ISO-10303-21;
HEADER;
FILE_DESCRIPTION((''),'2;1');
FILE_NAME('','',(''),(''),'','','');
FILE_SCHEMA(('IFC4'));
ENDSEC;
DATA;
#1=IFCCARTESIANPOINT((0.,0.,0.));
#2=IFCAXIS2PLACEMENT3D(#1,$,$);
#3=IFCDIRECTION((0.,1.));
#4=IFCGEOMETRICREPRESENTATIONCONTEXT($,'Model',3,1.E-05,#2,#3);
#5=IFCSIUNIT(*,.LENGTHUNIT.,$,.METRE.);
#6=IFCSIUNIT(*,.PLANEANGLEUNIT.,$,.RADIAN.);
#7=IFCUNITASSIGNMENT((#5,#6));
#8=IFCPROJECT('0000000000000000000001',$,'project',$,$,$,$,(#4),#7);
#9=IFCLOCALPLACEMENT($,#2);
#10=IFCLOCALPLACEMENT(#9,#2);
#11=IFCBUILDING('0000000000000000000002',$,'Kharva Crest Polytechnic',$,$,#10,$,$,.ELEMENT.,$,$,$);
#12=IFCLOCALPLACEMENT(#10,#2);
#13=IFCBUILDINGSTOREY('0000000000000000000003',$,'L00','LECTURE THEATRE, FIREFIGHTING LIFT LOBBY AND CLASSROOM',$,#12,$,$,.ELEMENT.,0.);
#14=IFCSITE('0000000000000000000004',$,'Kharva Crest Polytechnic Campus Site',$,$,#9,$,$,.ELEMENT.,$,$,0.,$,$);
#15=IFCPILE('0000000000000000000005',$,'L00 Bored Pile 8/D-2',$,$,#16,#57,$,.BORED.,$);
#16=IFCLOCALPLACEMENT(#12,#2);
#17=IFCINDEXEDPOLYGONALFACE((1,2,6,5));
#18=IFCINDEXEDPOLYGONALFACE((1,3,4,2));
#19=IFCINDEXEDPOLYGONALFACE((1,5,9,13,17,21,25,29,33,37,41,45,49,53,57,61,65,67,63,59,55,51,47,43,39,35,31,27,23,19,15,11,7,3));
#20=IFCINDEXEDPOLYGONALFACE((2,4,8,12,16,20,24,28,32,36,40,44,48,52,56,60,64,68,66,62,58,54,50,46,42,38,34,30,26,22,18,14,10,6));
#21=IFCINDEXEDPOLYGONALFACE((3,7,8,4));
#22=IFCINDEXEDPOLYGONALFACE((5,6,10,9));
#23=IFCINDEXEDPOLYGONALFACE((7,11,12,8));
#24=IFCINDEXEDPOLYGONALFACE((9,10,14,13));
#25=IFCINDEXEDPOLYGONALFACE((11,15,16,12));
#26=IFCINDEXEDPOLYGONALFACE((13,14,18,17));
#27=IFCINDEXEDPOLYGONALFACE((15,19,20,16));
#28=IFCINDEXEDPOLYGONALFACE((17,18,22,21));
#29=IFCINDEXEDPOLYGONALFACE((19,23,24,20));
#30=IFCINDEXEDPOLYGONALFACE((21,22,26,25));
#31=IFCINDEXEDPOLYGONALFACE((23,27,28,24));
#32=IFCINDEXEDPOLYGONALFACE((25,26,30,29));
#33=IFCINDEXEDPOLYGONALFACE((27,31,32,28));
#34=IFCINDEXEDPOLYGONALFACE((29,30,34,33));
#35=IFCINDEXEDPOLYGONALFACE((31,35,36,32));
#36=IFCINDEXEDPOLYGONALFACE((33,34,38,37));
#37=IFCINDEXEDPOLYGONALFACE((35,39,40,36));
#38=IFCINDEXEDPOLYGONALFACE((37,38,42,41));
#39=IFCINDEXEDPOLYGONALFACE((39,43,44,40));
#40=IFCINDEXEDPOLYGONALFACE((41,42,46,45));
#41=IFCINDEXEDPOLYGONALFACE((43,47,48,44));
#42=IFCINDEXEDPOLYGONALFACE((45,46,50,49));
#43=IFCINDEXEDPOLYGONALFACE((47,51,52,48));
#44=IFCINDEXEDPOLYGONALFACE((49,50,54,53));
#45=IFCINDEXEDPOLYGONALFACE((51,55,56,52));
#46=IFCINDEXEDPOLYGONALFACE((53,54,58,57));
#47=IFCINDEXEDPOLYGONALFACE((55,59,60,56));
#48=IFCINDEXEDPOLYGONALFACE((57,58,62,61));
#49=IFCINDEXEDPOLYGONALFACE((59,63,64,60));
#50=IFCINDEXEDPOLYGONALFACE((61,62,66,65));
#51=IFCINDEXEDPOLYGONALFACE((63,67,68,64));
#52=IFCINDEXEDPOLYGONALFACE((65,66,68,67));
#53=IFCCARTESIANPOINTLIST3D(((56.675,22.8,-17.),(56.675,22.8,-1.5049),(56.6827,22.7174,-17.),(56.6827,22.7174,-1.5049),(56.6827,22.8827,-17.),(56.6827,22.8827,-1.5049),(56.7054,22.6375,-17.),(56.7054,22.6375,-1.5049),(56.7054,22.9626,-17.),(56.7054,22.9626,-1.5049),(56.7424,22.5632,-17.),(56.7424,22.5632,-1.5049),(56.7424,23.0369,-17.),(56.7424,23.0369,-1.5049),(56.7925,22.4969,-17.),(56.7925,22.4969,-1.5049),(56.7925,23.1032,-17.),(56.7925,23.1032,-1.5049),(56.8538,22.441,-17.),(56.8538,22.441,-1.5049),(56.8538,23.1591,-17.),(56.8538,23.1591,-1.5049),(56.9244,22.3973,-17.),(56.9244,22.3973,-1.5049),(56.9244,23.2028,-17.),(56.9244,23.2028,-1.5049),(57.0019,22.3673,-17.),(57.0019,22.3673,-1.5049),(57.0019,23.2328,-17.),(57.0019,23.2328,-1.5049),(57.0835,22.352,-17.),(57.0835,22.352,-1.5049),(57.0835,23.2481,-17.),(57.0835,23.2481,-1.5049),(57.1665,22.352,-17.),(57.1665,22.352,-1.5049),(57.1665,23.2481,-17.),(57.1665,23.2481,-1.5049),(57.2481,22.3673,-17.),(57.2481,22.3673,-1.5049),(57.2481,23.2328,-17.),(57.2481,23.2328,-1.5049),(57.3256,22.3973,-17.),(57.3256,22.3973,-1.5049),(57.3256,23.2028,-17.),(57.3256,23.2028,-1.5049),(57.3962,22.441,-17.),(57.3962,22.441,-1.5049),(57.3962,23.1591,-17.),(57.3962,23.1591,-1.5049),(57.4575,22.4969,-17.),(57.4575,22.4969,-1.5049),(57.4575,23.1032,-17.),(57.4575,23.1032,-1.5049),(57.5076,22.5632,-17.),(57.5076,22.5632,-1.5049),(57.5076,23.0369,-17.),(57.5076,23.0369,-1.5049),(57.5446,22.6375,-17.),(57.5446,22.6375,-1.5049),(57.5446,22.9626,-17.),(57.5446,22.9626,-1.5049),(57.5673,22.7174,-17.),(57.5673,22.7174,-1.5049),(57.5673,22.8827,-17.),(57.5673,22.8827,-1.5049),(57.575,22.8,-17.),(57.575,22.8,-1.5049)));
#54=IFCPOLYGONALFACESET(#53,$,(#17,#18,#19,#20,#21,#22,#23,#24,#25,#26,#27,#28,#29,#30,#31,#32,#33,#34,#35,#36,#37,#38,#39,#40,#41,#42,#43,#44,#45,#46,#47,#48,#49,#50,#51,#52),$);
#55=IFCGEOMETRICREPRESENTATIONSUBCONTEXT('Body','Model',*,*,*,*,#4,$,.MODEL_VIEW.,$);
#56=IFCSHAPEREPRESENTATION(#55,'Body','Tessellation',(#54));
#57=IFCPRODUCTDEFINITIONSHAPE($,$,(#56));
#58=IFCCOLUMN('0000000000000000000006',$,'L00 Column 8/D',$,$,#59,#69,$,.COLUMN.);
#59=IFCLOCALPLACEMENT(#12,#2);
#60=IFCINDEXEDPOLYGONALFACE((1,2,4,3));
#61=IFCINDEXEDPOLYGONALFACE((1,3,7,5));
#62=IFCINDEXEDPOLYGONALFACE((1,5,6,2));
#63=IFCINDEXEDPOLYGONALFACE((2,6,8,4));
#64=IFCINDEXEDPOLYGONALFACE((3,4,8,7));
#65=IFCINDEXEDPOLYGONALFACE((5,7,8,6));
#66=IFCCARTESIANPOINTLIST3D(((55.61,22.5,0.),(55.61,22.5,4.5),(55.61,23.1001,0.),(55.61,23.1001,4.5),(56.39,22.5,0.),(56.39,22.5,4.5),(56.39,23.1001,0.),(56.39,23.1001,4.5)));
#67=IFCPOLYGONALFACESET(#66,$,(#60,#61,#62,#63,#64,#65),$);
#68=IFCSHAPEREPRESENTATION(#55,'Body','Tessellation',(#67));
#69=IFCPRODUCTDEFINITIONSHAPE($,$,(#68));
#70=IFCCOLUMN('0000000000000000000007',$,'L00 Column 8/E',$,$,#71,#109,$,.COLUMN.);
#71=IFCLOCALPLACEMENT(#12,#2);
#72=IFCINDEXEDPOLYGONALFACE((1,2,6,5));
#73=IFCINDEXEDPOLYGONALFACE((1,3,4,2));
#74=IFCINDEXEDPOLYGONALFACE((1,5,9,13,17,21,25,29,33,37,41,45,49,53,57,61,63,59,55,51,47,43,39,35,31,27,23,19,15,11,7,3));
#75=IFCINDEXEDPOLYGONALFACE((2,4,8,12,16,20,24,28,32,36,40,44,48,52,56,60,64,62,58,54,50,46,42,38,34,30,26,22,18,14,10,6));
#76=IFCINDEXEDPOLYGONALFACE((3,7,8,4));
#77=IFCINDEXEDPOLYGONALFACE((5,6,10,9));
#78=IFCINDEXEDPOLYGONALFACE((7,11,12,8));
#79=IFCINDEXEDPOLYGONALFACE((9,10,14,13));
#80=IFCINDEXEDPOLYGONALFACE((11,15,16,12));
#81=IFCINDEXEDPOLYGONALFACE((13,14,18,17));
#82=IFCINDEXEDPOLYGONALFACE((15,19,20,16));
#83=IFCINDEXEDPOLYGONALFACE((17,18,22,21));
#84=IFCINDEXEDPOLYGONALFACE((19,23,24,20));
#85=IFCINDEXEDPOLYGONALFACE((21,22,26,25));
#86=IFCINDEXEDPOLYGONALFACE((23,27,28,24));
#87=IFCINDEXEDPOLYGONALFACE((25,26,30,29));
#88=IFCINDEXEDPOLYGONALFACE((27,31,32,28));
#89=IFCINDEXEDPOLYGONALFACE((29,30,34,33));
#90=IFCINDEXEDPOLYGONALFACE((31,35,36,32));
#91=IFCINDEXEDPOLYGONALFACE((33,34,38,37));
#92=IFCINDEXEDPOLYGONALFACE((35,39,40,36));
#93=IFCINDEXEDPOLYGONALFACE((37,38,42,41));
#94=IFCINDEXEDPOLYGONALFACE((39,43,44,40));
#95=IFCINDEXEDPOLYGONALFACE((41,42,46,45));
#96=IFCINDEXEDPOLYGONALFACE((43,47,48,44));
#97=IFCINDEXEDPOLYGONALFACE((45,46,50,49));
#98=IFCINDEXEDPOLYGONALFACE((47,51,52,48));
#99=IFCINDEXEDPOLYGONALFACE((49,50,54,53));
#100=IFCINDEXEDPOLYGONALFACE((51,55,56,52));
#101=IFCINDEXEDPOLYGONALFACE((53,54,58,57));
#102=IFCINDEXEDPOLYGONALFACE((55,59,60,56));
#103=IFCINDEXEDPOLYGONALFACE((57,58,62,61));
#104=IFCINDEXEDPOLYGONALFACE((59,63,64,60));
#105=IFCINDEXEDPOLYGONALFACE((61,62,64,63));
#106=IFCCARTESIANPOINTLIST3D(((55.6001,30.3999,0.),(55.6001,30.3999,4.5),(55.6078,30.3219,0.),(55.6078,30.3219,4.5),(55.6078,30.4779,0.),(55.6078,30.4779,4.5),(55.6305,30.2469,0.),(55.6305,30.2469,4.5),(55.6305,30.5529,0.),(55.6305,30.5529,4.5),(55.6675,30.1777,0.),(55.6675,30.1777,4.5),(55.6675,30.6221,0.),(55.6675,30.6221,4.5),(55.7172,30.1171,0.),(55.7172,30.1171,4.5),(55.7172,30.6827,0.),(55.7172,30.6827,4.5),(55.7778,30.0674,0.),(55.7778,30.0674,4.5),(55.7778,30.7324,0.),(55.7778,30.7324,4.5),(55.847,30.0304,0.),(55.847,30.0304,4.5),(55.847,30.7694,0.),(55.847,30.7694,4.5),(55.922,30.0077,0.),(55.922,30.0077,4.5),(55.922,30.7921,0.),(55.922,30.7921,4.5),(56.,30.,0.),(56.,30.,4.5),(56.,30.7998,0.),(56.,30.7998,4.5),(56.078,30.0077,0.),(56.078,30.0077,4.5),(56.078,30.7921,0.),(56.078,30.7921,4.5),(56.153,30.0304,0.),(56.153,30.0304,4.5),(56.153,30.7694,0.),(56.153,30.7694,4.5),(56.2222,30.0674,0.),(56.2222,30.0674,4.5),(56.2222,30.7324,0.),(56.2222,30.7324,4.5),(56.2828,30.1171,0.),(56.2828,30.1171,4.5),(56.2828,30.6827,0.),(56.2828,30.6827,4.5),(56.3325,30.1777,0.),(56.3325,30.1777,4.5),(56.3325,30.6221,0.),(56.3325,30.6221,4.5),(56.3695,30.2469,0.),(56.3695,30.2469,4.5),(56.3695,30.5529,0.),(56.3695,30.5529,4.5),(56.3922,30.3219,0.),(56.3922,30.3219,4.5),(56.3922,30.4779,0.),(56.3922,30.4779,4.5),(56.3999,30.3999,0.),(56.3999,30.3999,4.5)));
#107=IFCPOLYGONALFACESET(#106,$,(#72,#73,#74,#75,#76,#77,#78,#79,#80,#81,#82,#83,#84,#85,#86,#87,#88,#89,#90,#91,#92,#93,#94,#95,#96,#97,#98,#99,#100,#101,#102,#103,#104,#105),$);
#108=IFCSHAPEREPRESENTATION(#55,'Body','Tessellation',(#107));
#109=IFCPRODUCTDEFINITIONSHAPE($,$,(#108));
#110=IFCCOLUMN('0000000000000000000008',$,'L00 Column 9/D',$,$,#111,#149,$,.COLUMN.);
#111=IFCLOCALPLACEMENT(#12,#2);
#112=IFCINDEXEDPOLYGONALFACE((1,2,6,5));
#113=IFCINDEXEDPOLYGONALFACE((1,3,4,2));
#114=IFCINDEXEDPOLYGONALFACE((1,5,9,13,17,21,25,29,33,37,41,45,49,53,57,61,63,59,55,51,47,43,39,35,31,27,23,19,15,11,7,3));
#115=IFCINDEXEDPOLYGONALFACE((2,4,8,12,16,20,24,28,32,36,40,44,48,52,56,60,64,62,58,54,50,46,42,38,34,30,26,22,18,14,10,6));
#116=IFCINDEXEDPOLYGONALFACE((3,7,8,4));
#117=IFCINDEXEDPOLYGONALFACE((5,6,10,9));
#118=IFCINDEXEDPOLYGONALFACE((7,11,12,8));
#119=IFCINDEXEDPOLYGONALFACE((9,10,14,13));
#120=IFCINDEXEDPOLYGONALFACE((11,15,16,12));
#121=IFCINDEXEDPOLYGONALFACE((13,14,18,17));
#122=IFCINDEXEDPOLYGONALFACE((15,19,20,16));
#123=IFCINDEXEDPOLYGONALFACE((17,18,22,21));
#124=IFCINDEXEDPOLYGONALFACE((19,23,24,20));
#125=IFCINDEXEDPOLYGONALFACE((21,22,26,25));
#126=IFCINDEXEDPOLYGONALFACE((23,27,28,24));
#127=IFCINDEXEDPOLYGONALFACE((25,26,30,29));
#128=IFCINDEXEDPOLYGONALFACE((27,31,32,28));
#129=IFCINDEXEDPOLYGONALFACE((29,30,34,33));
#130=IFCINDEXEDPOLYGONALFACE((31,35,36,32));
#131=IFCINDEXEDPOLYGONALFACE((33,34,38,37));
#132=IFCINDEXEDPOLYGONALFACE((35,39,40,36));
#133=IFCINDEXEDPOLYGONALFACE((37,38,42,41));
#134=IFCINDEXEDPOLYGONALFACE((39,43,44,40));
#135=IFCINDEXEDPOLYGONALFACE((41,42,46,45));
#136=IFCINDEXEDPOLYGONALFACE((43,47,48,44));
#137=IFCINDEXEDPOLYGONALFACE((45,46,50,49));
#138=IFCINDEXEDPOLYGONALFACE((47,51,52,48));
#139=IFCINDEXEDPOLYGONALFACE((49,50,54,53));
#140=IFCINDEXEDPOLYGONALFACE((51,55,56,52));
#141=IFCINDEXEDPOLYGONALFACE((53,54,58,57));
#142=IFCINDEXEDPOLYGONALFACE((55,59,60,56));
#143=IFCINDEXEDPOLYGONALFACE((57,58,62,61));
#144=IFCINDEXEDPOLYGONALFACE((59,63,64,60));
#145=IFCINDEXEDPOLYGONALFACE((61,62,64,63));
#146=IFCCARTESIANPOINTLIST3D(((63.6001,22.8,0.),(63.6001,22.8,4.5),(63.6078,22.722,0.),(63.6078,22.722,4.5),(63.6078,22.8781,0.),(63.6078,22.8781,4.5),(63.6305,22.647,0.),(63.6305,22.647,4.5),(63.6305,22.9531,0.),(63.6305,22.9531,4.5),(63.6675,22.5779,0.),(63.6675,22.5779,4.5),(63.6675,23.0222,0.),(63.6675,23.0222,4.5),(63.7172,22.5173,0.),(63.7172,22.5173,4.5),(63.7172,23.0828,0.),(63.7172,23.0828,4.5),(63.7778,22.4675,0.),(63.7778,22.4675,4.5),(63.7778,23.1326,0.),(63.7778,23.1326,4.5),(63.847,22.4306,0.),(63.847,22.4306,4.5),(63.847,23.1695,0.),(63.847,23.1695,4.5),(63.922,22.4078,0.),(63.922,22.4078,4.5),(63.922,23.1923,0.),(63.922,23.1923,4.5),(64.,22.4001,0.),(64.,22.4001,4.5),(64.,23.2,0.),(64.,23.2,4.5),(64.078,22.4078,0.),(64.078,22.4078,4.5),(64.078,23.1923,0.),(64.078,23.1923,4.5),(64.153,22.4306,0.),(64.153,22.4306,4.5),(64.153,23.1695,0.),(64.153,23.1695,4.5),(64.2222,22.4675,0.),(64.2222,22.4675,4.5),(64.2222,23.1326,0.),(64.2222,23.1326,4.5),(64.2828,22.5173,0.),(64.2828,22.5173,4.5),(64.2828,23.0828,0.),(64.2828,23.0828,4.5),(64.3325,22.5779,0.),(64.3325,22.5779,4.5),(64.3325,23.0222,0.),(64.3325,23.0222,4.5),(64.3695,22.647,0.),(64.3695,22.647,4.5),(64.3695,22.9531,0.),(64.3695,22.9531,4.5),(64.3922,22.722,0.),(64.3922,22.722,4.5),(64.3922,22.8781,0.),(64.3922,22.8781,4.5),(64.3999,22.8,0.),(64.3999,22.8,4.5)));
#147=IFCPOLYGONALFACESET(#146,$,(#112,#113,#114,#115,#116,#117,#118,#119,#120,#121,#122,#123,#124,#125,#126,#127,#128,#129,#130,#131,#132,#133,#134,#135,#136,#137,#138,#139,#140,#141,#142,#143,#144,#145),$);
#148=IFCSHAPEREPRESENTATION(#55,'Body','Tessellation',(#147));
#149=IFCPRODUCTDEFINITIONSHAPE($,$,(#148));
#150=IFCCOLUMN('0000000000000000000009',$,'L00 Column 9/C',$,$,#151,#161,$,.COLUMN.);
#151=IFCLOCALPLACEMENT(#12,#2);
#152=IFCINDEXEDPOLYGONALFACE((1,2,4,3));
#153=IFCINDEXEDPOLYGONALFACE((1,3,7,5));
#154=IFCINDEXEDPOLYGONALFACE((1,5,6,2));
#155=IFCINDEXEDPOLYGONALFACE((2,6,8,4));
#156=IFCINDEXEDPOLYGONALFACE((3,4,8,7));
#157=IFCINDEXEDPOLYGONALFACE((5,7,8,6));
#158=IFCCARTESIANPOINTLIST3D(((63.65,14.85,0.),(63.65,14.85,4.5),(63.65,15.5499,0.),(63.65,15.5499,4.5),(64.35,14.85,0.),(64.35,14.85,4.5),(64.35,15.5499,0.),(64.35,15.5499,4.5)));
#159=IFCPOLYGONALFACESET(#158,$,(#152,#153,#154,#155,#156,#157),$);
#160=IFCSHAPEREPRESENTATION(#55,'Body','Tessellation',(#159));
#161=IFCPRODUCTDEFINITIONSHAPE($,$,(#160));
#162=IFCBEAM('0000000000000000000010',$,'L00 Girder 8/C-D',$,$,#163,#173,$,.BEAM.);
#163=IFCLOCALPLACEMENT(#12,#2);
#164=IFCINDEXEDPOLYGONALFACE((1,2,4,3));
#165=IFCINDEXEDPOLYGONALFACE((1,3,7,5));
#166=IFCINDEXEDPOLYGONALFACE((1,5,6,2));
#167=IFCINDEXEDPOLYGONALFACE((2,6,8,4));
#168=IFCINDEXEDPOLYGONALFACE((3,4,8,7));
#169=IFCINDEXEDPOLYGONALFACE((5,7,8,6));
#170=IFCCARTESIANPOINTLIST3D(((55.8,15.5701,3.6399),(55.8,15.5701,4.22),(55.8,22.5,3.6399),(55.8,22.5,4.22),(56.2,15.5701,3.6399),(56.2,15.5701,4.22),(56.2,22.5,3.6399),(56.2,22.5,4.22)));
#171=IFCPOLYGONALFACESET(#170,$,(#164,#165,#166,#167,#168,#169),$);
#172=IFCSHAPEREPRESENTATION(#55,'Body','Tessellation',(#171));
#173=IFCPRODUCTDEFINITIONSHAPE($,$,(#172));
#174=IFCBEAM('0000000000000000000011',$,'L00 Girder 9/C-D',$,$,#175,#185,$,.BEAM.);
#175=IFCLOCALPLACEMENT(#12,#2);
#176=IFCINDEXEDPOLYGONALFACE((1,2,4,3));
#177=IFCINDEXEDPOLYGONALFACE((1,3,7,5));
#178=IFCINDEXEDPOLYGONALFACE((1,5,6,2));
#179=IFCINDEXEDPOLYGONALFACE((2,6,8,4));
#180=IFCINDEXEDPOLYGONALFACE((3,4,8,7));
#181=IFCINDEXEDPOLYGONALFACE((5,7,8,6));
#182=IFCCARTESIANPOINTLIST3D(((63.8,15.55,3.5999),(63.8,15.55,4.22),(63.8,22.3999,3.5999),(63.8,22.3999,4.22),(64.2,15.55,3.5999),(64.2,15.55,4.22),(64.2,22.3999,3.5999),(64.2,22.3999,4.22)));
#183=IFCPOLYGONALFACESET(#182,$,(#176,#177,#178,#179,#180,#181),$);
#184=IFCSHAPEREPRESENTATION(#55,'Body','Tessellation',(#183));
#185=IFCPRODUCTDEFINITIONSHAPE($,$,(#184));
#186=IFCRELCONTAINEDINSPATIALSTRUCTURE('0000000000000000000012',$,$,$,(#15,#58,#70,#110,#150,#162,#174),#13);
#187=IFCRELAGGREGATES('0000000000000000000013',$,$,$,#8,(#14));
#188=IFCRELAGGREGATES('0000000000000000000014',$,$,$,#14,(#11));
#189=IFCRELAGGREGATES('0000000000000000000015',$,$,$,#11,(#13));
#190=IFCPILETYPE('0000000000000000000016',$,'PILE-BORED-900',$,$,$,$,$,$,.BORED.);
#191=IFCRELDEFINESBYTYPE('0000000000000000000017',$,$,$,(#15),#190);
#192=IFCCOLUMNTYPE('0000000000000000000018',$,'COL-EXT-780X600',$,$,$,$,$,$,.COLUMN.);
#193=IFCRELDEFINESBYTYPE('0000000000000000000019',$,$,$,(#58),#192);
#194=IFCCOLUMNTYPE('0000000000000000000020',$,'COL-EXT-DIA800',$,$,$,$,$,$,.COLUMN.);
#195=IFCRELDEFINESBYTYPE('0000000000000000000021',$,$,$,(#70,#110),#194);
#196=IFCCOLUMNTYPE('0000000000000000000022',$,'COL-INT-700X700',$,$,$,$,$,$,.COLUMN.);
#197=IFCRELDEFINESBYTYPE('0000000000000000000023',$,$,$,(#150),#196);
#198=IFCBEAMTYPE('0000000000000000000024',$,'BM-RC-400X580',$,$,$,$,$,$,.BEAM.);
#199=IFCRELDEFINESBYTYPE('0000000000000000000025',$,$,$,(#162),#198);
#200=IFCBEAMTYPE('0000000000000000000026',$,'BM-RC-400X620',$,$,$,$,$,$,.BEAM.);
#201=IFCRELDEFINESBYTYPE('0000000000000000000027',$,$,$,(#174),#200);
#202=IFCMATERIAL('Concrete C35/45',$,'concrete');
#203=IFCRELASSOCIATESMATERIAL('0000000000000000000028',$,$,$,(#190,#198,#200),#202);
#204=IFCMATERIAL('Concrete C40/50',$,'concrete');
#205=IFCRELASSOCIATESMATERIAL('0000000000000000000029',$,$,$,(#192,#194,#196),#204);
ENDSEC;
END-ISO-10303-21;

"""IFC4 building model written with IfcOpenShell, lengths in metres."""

from ifc_helpers import new_model, si_unit, direction, frame, origin, origin_2d, place, context, subcontext, project, spatial, rectangle, circle, extrude, material, material_profile, profile_set, type_object, element, save


model = new_model("IFC4")

# Units and contexts
model_context = context("Model", 3, precision=1e-05, world=origin(), true_north=direction((0.0, 1.0)))
body_context = subcontext(model_context, "Body", "Model", "MODEL_VIEW")
ifc_project = project(units=[si_unit("LENGTHUNIT", "METRE"), si_unit("PLANEANGLEUNIT", "RADIAN")], contexts=[model_context])

# Site, building, storey
site_placement = place(None, origin())
site = spatial("IfcSite", under=ifc_project, at=site_placement, Name="Kharva Crest Polytechnic Campus Site", CompositionType="ELEMENT", RefElevation=0.0)
building_placement = place(site_placement, origin())
building = spatial("IfcBuilding", under=site, at=building_placement, Name="Kharva Crest Polytechnic", CompositionType="ELEMENT")
storey_placement = place(building_placement, origin())
storey = spatial("IfcBuildingStorey", under=building, at=storey_placement, Name="L00", Description="LECTURE THEATRE, FIREFIGHTING LIFT LOBBY AND CLASSROOM", CompositionType="ELEMENT", Elevation=0.0)

# Shared definitions
ifc_material_1 = material(Name="Concrete C35/45", Category="concrete")

# Pile
ifc_material_profile_1 = material_profile(ifc_material_1, circle(Radius=0.45, at=origin_2d()), Name="DIA 900")
ifc_profile_set_1 = profile_set([ifc_material_profile_1], Name="Concrete C35/45")
pile_type_1 = type_object("IfcPileType", Name="PILE-BORED-900", PredefinedType="BORED", material=ifc_profile_set_1)
pile_placement = place(storey_placement, frame((57.125, 22.8, -1.5049), z_axis=(0.0, 0.0, -1.0), x_axis=(1.0, 0.0, 0.0)))
element("IfcPile", 1, at=pile_placement, inside=storey, type_object=pile_type_1, Name="L00 Bored Pile 8/D-2", PredefinedType="BORED", context=body_context, shape_type="SweptSolid", body=[
    extrude(circle(Radius=0.45, at=origin_2d()), origin(), (0.0, 0.0, 1.0), 15.4951),
])

# Columns
ifc_material_2 = material(Name="Concrete C40/50", Category="concrete")
ifc_material_profile_2 = material_profile(ifc_material_2, rectangle(XDim=0.78, YDim=0.6001, at=origin_2d()), Name="RECT 780 X 600")
ifc_profile_set_2 = profile_set([ifc_material_profile_2], Name="Concrete C40/50")
column_type_1 = type_object("IfcColumnType", Name="COL-EXT-780X600", PredefinedType="COLUMN", material=ifc_profile_set_2)
column_1_placement = place(storey_placement, frame((56.0, 22.8, 0.0), z_axis=(0.0, 0.0, 1.0), x_axis=(1.0, 0.0, 0.0)))
element("IfcColumn", 2, at=column_1_placement, inside=storey, type_object=column_type_1, Name="L00 Column 8/D", PredefinedType="COLUMN", context=body_context, shape_type="SweptSolid", body=[
    extrude(rectangle(XDim=0.78, YDim=0.6001, at=origin_2d()), origin(), (0.0, 0.0, 1.0), 4.5),
])
ifc_material_profile_3 = material_profile(ifc_material_2, circle(Radius=0.3999, at=origin_2d()), Name="DIA 800")
ifc_profile_set_3 = profile_set([ifc_material_profile_3], Name="Concrete C40/50")
column_type_2 = type_object("IfcColumnType", Name="COL-EXT-DIA800", PredefinedType="COLUMN", material=ifc_profile_set_3)
for number, where, z_axis, x_axis, name in (
    (3, (56.0, 30.3999, 0.0), (0.0, 0.0, 1.0), (1.0, 0.0, 0.0), "L00 Column 8/E"),
    (4, (64.0, 22.8, 0.0), (0.0, 0.0, 1.0), (1.0, 0.0, 0.0), "L00 Column 9/D"),
):
    element("IfcColumn", number, at=place(storey_placement, frame(where, z_axis=z_axis, x_axis=x_axis)), inside=storey, type_object=column_type_2, Name=name, PredefinedType="COLUMN", context=body_context, shape_type="SweptSolid", body=[
        extrude(circle(Radius=0.3999, at=origin_2d()), origin(), (0.0, 0.0, 1.0), 4.5),
    ])
ifc_material_profile_4 = material_profile(ifc_material_2, rectangle(XDim=0.7, YDim=0.7, at=origin_2d()), Name="RECT 700 X 700")
ifc_profile_set_4 = profile_set([ifc_material_profile_4], Name="Concrete C40/50")
column_type_3 = type_object("IfcColumnType", Name="COL-INT-700X700", PredefinedType="COLUMN", material=ifc_profile_set_4)
column_2_placement = place(storey_placement, frame((64.0, 15.2, 0.0), z_axis=(0.0, 0.0, 1.0), x_axis=(1.0, 0.0, 0.0)))
element("IfcColumn", 5, at=column_2_placement, inside=storey, type_object=column_type_3, Name="L00 Column 9/C", PredefinedType="COLUMN", context=body_context, shape_type="SweptSolid", body=[
    extrude(rectangle(XDim=0.7, YDim=0.7, at=origin_2d()), origin(), (0.0, 0.0, 1.0), 4.5),
])

# Beams
ifc_material_profile_5 = material_profile(ifc_material_1, rectangle(XDim=0.3999, YDim=0.5801, at=origin_2d()), Name="RECT 400 X 580")
ifc_profile_set_5 = profile_set([ifc_material_profile_5], Name="Concrete C35/45")
beam_type_1 = type_object("IfcBeamType", Name="BM-RC-400X580", PredefinedType="BEAM", material=ifc_profile_set_5)
beam_1_placement = place(storey_placement, frame((56.0, 15.5701, 3.9299), z_axis=(0.0, 1.0, 0.0), x_axis=(-1.0, 0.0, 0.0)))
element("IfcBeam", 6, at=beam_1_placement, inside=storey, type_object=beam_type_1, Name="L00 Girder 8/C-D", PredefinedType="BEAM", context=body_context, shape_type="SweptSolid", body=[
    extrude(rectangle(XDim=0.3999, YDim=0.5801, at=origin_2d()), origin(), (0.0, 0.0, 1.0), 6.9299),
])
ifc_material_profile_6 = material_profile(ifc_material_1, rectangle(XDim=0.3999, YDim=0.6201, at=origin_2d()), Name="RECT 400 X 620")
ifc_profile_set_6 = profile_set([ifc_material_profile_6], Name="Concrete C35/45")
beam_type_2 = type_object("IfcBeamType", Name="BM-RC-400X620", PredefinedType="BEAM", material=ifc_profile_set_6)
beam_2_placement = place(storey_placement, frame((64.0, 15.55, 3.9099), z_axis=(0.0, 1.0, 0.0), x_axis=(-1.0, 0.0, 0.0)))
element("IfcBeam", 7, at=beam_2_placement, inside=storey, type_object=beam_type_2, Name="L00 Girder 9/C-D", PredefinedType="BEAM", context=body_context, shape_type="SweptSolid", body=[
    extrude(rectangle(XDim=0.3999, YDim=0.6201, at=origin_2d()), origin(), (0.0, 0.0, 1.0), 6.8499),
])

save(model, "model.ifc")
